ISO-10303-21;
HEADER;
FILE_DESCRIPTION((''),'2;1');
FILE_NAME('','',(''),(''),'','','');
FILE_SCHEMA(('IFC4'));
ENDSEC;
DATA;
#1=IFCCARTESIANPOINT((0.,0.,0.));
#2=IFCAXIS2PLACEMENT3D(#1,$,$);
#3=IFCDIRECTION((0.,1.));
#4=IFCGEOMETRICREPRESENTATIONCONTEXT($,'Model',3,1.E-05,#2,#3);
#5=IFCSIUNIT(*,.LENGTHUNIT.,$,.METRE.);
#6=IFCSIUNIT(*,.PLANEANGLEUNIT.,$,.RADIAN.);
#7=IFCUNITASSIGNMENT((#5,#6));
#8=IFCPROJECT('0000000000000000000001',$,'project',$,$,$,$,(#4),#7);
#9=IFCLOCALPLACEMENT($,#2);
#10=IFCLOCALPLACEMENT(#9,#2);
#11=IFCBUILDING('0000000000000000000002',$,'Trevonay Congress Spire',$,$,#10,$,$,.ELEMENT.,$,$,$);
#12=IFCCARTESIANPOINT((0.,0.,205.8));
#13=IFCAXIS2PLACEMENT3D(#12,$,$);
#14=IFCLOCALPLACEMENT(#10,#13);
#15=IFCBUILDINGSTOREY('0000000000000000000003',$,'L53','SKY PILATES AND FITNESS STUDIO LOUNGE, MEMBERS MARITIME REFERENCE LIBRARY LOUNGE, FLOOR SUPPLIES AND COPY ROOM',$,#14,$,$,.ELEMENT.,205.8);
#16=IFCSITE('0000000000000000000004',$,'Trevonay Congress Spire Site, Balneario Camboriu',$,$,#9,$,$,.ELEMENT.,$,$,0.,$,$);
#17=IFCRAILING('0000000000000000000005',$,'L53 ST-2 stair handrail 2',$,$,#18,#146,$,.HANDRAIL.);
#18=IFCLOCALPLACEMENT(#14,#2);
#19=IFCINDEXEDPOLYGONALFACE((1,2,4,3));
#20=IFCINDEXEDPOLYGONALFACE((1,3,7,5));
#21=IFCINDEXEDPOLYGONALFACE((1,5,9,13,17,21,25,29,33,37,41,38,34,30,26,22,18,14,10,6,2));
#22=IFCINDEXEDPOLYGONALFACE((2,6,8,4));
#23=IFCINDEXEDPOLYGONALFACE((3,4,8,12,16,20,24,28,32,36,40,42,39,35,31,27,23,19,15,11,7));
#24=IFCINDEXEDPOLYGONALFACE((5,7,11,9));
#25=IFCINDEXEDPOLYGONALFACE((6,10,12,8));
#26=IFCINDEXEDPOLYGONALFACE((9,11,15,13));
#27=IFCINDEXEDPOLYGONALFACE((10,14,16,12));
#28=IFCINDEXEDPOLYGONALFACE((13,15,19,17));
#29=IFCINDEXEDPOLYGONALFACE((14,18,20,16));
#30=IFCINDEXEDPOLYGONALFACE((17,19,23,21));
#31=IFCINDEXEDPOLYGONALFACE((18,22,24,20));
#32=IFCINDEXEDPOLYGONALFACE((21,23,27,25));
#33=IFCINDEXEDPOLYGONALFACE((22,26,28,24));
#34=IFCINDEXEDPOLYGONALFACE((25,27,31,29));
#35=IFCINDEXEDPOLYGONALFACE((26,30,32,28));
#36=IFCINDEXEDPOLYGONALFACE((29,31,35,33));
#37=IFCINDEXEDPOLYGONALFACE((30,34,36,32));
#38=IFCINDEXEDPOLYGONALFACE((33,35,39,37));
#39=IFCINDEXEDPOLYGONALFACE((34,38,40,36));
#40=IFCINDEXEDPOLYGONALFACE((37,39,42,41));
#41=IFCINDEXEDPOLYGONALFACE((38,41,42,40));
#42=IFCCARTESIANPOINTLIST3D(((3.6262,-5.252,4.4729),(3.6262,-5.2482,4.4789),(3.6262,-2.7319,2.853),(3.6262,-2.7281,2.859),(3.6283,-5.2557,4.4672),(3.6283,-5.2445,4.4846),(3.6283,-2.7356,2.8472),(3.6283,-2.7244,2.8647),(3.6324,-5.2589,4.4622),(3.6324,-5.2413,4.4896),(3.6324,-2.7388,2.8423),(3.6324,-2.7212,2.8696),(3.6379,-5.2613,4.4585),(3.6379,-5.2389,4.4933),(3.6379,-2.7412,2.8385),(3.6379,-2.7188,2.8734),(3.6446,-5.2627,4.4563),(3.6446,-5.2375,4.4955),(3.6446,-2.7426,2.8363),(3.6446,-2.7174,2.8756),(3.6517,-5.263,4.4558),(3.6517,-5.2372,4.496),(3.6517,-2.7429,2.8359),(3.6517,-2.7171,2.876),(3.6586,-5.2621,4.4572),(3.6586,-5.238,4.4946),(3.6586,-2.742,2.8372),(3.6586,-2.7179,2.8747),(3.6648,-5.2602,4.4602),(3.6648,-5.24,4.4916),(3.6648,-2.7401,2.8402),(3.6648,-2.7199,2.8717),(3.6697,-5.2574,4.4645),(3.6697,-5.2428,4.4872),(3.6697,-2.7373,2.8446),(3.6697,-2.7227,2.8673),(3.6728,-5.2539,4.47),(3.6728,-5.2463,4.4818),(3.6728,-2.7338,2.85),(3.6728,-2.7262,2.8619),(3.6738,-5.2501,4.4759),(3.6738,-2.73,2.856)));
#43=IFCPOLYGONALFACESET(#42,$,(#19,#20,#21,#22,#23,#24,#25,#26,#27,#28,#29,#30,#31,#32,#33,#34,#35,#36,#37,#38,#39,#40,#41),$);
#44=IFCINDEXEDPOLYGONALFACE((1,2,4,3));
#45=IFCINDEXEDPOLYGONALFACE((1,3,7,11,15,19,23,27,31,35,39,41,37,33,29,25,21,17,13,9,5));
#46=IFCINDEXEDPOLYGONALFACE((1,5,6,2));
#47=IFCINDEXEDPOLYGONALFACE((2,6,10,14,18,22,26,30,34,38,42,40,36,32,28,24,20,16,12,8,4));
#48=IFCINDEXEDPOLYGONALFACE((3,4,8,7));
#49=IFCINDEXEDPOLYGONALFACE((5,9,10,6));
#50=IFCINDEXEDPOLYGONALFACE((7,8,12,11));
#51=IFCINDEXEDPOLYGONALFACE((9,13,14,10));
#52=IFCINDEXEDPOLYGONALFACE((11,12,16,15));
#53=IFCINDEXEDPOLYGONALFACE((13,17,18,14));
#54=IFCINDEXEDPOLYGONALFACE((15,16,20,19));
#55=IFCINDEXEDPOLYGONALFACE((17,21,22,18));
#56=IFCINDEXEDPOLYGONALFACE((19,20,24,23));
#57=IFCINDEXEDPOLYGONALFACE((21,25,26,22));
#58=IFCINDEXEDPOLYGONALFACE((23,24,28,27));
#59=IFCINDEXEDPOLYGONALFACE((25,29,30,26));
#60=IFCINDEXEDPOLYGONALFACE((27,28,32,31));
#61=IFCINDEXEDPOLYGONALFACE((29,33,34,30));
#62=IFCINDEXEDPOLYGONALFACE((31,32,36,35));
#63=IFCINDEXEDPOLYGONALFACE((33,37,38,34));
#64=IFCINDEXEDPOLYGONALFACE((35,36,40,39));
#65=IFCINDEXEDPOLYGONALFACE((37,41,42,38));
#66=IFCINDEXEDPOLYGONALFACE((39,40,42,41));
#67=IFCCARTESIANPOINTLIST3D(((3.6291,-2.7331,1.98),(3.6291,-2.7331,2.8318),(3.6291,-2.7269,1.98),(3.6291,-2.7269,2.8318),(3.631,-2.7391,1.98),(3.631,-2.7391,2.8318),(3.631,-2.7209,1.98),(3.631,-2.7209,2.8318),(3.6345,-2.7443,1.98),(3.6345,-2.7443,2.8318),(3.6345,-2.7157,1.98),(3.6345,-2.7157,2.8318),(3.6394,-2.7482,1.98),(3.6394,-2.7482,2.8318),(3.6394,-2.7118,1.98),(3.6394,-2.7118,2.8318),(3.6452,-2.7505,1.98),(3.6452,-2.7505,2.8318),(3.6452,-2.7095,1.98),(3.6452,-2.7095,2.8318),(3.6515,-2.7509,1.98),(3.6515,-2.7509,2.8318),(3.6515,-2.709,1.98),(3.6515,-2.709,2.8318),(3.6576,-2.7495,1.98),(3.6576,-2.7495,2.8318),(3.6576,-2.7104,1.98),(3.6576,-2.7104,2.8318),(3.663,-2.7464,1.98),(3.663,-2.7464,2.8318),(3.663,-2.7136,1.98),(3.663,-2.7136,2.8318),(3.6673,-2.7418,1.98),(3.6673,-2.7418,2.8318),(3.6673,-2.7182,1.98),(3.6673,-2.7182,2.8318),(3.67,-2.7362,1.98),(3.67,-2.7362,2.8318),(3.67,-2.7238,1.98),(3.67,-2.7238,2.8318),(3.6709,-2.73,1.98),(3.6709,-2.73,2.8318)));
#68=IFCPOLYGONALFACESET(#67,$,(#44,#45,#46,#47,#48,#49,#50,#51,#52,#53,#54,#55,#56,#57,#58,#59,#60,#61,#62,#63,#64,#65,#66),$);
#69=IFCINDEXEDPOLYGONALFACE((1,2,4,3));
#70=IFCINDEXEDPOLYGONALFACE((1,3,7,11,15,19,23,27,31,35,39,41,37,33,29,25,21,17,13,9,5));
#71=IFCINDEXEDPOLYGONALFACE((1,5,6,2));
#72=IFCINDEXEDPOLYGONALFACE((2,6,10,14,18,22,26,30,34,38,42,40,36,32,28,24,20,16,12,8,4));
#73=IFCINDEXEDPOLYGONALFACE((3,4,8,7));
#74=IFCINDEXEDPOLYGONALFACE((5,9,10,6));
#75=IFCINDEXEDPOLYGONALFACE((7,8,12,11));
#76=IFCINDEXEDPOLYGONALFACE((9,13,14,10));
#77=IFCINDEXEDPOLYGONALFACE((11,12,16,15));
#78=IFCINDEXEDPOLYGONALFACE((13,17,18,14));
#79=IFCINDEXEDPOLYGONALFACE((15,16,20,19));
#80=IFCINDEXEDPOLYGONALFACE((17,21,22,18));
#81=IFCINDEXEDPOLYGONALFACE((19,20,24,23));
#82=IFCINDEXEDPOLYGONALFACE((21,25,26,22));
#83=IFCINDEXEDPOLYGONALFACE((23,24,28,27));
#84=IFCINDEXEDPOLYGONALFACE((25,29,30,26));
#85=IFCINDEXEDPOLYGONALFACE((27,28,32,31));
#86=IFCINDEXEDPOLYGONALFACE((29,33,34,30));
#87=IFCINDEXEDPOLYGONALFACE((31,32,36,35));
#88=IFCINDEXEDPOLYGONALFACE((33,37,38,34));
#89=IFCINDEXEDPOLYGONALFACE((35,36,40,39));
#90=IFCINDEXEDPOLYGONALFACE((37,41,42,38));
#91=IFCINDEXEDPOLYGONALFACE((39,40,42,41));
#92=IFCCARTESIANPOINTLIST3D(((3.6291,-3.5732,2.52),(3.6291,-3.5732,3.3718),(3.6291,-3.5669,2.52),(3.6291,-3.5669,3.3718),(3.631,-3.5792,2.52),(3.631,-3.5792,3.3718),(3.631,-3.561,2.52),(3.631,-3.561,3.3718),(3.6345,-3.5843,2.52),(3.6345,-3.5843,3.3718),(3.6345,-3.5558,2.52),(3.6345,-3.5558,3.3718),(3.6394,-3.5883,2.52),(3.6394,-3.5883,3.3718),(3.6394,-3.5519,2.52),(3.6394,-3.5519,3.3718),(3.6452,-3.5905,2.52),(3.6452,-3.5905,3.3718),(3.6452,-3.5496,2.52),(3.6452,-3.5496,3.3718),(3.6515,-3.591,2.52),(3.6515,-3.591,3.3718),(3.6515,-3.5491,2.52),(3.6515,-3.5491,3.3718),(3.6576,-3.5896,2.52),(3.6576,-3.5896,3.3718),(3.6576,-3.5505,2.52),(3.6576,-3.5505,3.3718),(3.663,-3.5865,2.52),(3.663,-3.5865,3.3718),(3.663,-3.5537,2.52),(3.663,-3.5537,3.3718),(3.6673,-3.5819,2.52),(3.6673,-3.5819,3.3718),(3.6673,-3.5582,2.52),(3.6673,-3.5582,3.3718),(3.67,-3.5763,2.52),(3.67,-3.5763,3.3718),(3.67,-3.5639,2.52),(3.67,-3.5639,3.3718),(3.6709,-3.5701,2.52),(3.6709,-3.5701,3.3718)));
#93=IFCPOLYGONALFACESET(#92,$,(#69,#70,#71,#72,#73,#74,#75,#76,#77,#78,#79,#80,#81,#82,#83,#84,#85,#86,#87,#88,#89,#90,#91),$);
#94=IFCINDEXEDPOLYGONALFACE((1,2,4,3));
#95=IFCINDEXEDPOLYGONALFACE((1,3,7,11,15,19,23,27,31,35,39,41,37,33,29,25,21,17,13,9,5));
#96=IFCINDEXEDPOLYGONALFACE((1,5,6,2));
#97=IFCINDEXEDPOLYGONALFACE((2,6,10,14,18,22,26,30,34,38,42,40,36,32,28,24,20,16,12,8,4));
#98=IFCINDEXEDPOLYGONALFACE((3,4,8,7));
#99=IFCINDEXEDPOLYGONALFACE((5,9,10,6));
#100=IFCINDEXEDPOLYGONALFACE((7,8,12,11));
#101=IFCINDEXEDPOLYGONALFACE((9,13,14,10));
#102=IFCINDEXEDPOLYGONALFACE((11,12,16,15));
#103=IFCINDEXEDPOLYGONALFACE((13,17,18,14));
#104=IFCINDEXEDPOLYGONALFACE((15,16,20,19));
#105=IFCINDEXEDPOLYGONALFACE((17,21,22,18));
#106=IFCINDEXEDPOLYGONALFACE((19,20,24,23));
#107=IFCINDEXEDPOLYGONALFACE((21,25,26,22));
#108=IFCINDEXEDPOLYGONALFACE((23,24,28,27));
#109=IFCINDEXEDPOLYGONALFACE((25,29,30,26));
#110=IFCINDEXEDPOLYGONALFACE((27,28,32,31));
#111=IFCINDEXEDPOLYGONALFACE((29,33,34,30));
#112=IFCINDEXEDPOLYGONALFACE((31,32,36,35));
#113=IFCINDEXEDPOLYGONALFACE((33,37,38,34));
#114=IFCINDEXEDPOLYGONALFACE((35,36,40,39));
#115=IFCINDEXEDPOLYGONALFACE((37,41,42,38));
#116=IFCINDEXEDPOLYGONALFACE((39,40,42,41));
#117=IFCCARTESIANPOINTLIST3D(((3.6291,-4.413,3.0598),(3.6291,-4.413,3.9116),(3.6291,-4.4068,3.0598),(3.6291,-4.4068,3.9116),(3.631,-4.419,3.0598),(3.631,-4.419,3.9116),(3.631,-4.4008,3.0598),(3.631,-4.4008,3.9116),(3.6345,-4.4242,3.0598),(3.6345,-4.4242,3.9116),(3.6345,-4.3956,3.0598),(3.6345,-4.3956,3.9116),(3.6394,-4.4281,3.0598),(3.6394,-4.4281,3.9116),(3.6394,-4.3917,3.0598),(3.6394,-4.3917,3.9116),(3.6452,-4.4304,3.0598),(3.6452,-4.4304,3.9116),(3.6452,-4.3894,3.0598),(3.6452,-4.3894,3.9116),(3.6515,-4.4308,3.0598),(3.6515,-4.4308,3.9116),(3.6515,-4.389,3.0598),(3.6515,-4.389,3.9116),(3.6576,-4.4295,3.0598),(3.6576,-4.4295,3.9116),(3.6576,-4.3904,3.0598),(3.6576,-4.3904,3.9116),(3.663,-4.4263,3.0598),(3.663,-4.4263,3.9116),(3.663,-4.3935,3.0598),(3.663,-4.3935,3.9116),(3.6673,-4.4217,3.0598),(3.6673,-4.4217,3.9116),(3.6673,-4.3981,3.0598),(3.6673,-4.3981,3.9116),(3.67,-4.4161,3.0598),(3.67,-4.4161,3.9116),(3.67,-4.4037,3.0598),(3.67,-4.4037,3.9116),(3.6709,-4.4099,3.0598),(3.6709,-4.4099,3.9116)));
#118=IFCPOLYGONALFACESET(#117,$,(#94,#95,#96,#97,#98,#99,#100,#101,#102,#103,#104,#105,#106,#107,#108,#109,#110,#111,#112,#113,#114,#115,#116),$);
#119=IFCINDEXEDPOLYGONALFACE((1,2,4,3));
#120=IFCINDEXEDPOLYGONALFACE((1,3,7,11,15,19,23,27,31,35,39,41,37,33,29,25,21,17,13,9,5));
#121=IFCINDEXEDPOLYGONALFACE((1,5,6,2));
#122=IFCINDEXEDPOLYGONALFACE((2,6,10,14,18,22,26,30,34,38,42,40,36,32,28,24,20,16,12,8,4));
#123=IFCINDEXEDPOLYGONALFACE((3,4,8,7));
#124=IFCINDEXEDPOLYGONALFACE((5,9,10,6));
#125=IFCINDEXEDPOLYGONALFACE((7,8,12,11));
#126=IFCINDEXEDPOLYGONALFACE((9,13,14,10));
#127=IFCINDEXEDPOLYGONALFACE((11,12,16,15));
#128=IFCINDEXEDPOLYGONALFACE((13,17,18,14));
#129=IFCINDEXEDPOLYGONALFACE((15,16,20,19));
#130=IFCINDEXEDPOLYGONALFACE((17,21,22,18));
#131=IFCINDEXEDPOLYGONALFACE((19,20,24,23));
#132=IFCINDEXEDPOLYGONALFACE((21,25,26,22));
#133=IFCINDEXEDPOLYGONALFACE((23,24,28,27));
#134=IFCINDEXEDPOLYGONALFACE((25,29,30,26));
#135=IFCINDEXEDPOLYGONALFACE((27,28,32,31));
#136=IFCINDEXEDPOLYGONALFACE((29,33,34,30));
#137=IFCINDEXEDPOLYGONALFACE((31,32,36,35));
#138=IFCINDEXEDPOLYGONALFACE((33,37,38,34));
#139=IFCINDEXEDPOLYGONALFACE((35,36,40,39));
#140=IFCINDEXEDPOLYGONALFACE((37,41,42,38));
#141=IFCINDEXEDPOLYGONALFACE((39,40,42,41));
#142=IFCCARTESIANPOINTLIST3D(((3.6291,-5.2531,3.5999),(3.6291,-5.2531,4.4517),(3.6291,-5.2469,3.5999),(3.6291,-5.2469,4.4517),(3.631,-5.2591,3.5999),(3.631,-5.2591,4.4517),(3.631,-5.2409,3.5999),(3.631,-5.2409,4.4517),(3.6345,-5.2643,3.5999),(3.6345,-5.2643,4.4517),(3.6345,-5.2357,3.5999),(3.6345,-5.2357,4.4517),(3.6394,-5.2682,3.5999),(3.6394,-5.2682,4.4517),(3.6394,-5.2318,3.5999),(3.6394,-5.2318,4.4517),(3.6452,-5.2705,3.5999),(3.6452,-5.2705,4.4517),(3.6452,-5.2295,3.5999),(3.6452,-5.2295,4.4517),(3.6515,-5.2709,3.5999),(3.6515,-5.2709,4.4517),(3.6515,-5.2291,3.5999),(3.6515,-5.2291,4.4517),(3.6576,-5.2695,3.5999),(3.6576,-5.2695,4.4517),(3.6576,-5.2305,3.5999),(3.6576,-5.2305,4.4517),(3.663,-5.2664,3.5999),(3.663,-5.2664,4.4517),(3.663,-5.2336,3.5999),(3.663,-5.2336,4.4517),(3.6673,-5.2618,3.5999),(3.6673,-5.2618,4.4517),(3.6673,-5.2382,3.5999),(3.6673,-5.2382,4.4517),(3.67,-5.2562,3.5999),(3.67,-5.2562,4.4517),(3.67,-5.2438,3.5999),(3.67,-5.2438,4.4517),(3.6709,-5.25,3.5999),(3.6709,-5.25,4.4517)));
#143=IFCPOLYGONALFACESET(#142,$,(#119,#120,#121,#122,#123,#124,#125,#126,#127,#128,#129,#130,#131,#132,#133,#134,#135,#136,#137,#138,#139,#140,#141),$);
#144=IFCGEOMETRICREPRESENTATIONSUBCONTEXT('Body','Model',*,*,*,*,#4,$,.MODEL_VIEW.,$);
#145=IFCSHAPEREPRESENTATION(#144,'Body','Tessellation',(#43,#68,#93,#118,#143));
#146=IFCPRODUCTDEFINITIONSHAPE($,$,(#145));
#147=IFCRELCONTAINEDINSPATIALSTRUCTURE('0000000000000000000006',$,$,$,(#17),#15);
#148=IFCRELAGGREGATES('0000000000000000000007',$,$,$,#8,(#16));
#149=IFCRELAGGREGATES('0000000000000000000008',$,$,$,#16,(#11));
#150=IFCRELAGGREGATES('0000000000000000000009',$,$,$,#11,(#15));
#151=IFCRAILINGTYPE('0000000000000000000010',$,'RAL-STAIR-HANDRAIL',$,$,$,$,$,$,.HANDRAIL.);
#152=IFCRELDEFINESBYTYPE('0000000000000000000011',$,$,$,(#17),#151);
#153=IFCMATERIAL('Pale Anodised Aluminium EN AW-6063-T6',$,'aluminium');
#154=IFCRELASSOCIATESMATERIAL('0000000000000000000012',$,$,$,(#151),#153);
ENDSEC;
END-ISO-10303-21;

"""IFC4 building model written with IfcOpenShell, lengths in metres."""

from ifc_helpers import new_model, si_unit, direction, frame, origin, origin_2d, place, context, subcontext, project, spatial, circle, extrude, material, type_object, element, save


model = new_model("IFC4")

# Units and contexts
model_context = context("Model", 3, precision=1e-05, world=origin(), true_north=direction((0.0, 1.0)))
body_context = subcontext(model_context, "Body", "Model", "MODEL_VIEW")
ifc_project = project(units=[si_unit("LENGTHUNIT", "METRE"), si_unit("PLANEANGLEUNIT", "RADIAN")], contexts=[model_context])

# Site, building, storey
site_placement = place(None, origin())
site = spatial("IfcSite", under=ifc_project, at=site_placement, Name="Trevonay Congress Spire Site, Balneario Camboriu", CompositionType="ELEMENT", RefElevation=0.0)
building_placement = place(site_placement, origin())
building = spatial("IfcBuilding", under=site, at=building_placement, Name="Trevonay Congress Spire", CompositionType="ELEMENT")
storey_placement = place(building_placement, frame((0.0, 0.0, 205.8)))
storey = spatial("IfcBuildingStorey", under=building, at=storey_placement, Name="L53", Description="SKY PILATES AND FITNESS STUDIO LOUNGE, MEMBERS MARITIME REFERENCE LIBRARY LOUNGE, FLOOR SUPPLIES AND COPY ROOM", CompositionType="ELEMENT", Elevation=205.8)

# Railing
ifc_material_1 = material(Name="Pale Anodised Aluminium EN AW-6063-T6", Category="aluminium")
railing_type_1 = type_object("IfcRailingType", Name="RAL-STAIR-HANDRAIL", PredefinedType="HANDRAIL", material=ifc_material_1)
railing_1_placement = place(storey_placement, frame((3.6499, -2.73, 1.98)))
element("IfcRailing", 1, at=railing_1_placement, inside=storey, type_object=railing_type_1, Name="L53 ST-2 stair handrail 2", PredefinedType="HANDRAIL", context=body_context, shape_type="SweptSolid", body=[
    extrude(circle(Radius=0.0239, at=origin_2d()), frame((0.0, 0.0, 0.876), z_axis=(0.0, -0.8412, 0.540725), x_axis=(1.0, 0.0, 0.0)), (0.0, 0.0, 1.0), 2.9958),
    extrude(circle(Radius=0.021, at=origin_2d()), origin(), (0.0, 0.0, 1.0), 0.8518),
    extrude(circle(Radius=0.021, at=origin_2d()), frame((0.0, -0.8401, 0.54)), (0.0, 0.0, 1.0), 0.8518),
    extrude(circle(Radius=0.021, at=origin_2d()), frame((0.0, -1.6799, 1.0798)), (0.0, 0.0, 1.0), 0.8518),
    extrude(circle(Radius=0.021, at=origin_2d()), frame((0.0, -2.52, 1.6199)), (0.0, 0.0, 1.0), 0.8518),
])

save(model, "model.ifc")
